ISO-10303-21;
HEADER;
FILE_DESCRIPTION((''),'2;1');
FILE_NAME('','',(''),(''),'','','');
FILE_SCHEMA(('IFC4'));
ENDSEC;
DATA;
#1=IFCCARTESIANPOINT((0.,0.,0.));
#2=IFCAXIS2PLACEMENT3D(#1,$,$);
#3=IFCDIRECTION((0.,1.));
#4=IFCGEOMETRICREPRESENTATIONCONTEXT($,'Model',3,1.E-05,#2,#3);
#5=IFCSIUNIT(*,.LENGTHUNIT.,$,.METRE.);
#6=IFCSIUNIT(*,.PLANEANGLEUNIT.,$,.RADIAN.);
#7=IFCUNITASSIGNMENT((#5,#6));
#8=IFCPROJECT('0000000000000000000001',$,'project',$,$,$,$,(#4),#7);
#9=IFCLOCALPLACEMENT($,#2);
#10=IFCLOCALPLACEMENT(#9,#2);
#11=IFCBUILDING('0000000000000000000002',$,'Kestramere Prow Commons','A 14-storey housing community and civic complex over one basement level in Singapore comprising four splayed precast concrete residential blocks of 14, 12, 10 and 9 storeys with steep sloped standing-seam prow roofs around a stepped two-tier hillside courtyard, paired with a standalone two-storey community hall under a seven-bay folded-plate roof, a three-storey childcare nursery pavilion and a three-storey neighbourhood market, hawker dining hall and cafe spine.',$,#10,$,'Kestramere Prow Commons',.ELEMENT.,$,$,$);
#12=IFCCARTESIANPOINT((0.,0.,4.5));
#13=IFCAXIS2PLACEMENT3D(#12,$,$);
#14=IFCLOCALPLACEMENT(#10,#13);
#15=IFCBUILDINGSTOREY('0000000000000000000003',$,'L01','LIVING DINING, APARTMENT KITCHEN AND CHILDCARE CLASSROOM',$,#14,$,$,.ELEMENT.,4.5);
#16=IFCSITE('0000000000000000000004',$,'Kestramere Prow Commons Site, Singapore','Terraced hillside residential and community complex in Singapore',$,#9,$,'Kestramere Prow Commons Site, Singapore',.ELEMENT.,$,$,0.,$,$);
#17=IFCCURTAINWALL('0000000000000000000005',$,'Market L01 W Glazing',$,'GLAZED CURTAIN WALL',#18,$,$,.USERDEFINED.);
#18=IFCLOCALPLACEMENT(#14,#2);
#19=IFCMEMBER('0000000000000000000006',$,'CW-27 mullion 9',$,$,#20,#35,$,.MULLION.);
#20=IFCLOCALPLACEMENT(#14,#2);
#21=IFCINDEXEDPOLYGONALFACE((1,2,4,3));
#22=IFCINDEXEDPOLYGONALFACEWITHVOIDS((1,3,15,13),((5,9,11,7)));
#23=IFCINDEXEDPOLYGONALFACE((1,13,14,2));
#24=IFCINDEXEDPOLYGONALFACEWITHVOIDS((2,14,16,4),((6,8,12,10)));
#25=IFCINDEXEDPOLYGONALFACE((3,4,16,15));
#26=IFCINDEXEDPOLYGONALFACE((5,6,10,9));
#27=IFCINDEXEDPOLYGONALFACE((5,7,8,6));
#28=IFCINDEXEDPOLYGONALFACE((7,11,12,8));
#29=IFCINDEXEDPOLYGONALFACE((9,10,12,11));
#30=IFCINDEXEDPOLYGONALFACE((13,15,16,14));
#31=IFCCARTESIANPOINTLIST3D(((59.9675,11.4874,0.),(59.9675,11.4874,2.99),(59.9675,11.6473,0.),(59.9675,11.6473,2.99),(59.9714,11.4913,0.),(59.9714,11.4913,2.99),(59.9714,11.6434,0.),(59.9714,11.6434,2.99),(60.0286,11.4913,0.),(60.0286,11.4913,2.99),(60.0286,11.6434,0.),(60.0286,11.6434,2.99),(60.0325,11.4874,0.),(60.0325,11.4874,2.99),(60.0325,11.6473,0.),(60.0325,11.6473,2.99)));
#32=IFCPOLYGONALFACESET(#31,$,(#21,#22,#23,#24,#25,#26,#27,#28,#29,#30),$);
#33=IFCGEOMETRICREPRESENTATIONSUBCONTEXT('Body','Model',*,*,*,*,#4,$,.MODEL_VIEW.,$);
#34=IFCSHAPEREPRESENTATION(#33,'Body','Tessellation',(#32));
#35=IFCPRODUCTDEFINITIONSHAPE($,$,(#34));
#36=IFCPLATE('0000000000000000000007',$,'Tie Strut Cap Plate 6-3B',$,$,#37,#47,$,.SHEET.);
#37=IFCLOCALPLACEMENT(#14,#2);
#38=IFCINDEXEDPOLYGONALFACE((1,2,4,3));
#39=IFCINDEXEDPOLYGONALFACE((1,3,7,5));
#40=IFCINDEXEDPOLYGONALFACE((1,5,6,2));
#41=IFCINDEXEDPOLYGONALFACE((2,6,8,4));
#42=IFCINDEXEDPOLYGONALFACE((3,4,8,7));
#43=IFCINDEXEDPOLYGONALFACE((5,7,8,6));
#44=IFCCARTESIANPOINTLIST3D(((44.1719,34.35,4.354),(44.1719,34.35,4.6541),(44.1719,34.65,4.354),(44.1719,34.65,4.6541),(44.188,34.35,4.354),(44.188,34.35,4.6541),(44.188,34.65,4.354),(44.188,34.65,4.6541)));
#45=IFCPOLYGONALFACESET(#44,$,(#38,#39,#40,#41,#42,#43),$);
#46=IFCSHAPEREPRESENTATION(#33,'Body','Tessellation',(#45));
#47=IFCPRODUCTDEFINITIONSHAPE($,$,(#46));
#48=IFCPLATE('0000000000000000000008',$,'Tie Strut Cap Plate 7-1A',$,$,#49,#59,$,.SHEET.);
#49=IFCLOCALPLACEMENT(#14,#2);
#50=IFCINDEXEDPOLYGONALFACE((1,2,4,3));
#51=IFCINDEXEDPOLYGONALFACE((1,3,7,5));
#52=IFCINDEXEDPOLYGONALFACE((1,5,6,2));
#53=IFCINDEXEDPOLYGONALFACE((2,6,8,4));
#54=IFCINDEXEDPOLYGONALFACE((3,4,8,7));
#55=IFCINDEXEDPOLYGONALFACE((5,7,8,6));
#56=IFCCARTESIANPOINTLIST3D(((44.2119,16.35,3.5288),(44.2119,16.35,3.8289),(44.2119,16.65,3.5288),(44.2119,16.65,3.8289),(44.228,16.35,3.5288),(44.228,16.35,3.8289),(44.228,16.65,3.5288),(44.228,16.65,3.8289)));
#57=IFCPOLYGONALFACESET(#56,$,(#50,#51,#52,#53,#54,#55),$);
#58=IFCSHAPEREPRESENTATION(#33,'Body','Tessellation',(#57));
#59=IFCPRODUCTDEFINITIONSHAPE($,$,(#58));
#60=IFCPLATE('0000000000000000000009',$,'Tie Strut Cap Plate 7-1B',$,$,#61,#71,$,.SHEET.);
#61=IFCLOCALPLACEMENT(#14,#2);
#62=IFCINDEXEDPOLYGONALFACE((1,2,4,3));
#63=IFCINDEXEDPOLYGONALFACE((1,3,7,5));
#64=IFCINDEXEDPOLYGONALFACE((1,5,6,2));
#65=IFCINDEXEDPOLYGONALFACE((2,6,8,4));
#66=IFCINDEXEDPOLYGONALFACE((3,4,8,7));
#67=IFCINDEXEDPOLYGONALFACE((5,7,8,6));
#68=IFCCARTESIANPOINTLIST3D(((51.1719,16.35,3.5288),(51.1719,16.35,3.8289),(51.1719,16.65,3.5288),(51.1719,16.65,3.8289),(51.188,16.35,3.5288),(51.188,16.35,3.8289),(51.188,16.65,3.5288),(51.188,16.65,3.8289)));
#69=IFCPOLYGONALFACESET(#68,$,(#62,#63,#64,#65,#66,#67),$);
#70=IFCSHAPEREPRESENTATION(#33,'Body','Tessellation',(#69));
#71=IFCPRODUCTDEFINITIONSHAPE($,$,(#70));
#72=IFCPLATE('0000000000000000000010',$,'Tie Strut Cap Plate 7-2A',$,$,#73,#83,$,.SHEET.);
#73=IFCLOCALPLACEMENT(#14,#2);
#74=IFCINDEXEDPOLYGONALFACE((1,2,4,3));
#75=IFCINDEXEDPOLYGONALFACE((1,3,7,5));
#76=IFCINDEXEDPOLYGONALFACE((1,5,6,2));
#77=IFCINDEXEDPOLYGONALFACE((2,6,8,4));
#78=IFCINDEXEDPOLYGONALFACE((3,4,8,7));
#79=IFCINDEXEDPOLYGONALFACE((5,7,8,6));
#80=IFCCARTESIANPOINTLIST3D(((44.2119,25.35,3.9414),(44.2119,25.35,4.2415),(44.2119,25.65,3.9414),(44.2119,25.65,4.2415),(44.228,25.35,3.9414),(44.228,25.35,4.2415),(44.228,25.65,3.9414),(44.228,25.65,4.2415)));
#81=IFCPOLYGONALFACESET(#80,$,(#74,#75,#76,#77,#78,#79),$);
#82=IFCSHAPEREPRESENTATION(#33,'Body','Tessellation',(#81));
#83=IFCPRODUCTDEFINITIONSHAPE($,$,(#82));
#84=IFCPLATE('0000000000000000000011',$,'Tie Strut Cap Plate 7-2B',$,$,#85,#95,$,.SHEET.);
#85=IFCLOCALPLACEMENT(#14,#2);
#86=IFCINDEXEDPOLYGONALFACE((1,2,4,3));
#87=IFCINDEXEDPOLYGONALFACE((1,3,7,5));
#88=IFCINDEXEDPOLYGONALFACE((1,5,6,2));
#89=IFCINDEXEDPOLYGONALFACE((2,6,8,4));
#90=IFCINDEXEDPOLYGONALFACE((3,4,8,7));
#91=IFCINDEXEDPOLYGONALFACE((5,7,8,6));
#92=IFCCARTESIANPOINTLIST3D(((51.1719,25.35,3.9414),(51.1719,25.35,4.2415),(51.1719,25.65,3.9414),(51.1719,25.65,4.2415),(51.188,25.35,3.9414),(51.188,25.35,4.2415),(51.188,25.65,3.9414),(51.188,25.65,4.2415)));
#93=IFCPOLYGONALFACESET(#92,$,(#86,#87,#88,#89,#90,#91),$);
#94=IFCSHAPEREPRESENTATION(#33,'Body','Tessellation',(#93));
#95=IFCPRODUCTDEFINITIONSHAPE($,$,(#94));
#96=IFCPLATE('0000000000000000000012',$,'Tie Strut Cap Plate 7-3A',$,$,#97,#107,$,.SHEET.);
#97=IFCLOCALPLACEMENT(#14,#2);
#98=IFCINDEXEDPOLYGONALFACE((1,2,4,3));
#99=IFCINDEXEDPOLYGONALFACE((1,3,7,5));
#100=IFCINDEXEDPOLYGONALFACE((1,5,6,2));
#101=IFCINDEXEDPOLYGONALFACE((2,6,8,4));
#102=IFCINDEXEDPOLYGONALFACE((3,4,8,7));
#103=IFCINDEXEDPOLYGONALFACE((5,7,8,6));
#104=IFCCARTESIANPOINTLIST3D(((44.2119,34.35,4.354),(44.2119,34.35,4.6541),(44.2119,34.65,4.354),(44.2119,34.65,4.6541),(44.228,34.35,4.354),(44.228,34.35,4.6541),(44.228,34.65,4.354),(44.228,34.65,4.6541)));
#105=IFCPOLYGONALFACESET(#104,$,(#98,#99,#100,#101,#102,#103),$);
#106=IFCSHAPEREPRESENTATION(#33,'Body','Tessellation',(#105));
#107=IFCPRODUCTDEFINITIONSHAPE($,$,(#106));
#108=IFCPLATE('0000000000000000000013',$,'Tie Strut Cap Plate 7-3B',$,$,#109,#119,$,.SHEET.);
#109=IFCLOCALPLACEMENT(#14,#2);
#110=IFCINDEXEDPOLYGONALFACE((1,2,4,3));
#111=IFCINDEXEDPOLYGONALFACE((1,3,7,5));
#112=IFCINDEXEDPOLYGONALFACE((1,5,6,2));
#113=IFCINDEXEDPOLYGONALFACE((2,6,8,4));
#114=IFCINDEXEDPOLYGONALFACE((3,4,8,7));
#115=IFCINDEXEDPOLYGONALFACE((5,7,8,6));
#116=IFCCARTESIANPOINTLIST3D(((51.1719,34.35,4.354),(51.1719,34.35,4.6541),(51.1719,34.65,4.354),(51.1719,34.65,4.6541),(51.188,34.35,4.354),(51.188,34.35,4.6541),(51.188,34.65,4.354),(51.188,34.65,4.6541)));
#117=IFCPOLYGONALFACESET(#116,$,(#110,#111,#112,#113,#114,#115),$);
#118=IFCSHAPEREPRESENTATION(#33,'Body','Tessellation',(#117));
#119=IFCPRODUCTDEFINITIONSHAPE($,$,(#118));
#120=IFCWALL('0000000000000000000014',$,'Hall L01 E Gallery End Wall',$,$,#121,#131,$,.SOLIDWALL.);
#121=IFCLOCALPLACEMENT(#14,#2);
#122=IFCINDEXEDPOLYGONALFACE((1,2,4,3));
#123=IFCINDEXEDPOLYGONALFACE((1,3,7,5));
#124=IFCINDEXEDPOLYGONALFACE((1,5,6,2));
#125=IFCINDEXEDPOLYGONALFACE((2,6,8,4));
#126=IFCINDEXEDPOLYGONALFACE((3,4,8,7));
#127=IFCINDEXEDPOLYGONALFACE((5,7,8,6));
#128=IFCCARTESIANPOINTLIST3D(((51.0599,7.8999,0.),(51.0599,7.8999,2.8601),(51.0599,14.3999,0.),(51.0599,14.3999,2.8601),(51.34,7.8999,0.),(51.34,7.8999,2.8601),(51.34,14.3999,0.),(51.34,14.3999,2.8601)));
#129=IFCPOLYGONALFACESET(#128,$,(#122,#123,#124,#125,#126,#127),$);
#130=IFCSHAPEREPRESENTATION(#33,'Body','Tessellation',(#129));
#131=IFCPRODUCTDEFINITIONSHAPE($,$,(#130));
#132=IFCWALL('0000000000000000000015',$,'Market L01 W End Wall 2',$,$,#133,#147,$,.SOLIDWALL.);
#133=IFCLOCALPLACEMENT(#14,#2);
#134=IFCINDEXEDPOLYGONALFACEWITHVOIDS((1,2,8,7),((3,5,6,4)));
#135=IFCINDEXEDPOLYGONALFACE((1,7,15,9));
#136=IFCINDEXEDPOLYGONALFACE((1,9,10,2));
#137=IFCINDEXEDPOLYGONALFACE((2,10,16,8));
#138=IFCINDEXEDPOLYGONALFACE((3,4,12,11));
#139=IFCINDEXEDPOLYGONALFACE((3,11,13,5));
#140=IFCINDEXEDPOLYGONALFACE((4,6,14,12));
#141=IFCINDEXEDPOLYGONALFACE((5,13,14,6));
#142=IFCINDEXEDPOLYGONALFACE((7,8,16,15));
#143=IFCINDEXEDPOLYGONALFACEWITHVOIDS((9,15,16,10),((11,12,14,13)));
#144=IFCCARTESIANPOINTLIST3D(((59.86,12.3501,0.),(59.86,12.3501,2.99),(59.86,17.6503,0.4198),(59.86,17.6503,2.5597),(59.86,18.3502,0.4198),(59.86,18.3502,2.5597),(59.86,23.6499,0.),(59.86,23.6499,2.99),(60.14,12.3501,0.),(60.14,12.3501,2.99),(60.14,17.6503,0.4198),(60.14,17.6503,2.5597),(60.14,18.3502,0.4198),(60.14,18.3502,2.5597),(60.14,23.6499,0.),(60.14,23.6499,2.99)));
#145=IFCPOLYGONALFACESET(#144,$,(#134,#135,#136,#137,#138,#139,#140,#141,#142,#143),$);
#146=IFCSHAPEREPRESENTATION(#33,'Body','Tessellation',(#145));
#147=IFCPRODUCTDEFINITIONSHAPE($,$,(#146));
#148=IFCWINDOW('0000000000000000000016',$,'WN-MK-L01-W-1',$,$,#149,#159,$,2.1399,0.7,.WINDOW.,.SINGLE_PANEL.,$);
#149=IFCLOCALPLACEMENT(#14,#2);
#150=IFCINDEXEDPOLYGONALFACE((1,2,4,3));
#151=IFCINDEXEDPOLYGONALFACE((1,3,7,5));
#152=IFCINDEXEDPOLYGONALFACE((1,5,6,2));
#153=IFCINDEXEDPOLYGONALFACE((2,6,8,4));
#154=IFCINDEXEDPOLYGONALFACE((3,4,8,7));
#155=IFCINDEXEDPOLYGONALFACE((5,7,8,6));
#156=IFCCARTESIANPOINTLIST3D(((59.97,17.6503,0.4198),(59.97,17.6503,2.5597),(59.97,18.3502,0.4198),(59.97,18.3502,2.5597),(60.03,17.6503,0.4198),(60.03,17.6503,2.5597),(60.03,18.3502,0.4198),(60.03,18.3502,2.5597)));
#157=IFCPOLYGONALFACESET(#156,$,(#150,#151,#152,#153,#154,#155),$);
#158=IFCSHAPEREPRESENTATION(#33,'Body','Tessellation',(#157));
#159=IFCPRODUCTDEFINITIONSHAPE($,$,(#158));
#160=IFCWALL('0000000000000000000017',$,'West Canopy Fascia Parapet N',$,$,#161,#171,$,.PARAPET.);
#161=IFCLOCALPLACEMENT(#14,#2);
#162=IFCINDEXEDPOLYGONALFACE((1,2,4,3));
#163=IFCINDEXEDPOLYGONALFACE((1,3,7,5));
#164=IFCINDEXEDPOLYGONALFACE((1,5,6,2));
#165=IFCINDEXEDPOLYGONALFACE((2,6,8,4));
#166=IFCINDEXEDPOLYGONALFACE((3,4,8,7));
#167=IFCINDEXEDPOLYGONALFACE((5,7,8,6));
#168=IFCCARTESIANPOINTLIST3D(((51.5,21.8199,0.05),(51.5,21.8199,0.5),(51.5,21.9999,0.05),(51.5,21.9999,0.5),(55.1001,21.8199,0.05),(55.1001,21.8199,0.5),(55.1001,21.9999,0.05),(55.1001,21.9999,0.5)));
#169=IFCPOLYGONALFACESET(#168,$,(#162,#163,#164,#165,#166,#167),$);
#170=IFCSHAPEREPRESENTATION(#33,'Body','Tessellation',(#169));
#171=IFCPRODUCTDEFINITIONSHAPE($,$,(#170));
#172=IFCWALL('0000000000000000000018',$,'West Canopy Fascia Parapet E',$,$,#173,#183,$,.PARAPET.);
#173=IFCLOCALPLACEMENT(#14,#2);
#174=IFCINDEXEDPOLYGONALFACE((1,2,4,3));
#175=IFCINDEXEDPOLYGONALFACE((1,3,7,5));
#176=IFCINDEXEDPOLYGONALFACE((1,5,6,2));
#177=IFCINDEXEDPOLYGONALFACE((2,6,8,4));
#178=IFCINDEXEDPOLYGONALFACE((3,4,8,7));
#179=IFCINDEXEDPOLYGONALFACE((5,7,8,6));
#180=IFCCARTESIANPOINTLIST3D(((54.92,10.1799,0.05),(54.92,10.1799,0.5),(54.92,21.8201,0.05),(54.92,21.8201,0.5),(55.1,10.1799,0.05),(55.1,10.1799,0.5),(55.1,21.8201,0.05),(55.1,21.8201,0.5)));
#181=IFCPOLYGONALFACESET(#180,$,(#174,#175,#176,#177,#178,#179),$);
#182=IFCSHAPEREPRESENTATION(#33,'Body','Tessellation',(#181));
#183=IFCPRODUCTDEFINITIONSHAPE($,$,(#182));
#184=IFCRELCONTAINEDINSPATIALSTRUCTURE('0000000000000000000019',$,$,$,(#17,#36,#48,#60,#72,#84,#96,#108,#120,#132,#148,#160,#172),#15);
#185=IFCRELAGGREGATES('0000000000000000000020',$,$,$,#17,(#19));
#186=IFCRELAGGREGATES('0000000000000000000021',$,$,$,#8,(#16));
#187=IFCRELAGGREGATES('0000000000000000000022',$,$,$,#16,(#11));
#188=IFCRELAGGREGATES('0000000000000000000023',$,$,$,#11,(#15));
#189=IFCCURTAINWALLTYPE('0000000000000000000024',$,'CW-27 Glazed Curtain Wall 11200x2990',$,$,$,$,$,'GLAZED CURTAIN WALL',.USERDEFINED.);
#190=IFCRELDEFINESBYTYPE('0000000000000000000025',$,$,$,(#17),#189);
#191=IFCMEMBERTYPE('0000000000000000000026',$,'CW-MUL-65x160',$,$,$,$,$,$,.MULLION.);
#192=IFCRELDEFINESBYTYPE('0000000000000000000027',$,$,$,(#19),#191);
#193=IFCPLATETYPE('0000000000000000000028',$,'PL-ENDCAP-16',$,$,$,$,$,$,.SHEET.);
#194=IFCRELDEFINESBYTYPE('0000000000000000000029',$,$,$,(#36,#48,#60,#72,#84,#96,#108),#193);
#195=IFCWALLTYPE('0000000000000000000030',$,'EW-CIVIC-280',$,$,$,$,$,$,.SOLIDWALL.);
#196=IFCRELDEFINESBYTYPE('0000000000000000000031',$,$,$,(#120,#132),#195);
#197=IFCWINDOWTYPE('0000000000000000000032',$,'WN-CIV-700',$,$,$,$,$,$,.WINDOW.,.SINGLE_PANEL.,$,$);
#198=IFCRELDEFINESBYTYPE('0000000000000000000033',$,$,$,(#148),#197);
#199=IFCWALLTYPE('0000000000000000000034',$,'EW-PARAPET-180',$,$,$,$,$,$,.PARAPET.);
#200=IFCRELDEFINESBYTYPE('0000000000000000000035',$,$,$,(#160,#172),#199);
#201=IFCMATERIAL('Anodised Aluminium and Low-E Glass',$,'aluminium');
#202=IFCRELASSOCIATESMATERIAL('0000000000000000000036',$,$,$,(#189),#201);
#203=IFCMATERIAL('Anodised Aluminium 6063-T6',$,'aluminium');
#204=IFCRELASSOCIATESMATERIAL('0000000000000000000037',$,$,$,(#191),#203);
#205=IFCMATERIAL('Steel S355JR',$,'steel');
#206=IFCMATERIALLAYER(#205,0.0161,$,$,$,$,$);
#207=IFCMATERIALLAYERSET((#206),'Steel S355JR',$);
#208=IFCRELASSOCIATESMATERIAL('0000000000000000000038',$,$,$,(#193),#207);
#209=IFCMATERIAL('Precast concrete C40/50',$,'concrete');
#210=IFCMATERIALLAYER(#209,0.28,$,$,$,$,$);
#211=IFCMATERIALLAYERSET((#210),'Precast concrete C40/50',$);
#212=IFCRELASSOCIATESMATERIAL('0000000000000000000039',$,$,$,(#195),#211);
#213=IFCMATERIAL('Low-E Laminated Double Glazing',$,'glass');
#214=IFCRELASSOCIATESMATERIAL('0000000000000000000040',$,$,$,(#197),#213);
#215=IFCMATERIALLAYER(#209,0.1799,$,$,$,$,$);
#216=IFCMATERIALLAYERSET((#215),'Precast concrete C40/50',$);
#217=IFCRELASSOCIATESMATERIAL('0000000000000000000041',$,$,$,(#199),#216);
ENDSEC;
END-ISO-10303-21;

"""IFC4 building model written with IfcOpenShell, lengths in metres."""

from ifc_helpers import new_model, si_unit, direction, frame, frame_2d, origin, origin_2d, place, context, subcontext, project, spatial, rectangle, hollow_rectangle, extrude, material, layer, layer_set, material_profile, profile_set, type_object, element, fill, aggregate, save


model = new_model("IFC4")

# Units and contexts
model_context = context("Model", 3, precision=1e-05, world=origin(), true_north=direction((0.0, 1.0)))
body_context = subcontext(model_context, "Body", "Model", "MODEL_VIEW")
ifc_project = project(units=[si_unit("LENGTHUNIT", "METRE"), si_unit("PLANEANGLEUNIT", "RADIAN")], contexts=[model_context])

# Site, building, storey
site_placement = place(None, origin())
site = spatial("IfcSite", under=ifc_project, at=site_placement, Name="Kestramere Prow Commons Site, Singapore", Description="Terraced hillside residential and community complex in Singapore", LongName="Kestramere Prow Commons Site, Singapore", CompositionType="ELEMENT", RefElevation=0.0)
building_placement = place(site_placement, origin())
building = spatial("IfcBuilding", under=site, at=building_placement, Name="Kestramere Prow Commons", Description="A 14-storey housing community and civic complex over one basement level in Singapore comprising four splayed precast concrete residential blocks of 14, 12, 10 and 9 storeys with steep sloped standing-seam prow roofs around a stepped two-tier hillside courtyard, paired with a standalone two-storey community hall under a seven-bay folded-plate roof, a three-storey childcare nursery pavilion and a three-storey neighbourhood market, hawker dining hall and cafe spine.", LongName="Kestramere Prow Commons", CompositionType="ELEMENT")
storey_placement = place(building_placement, frame((0.0, 0.0, 4.5)))
storey = spatial("IfcBuildingStorey", under=building, at=storey_placement, Name="L01", Description="LIVING DINING, APARTMENT KITCHEN AND CHILDCARE CLASSROOM", CompositionType="ELEMENT", Elevation=4.5)

# Shared definitions
ifc_material_1 = material(Name="Precast concrete C40/50", Category="concrete")

# Shared definitions
ifc_material_2 = material(Name="Steel S355JR", Category="steel")

# Curtain wall, member
ifc_material_3 = material(Name="Anodised Aluminium and Low-E Glass", Category="aluminium")
curtain_wall_type = type_object("IfcCurtainWallType", Name="CW-27 Glazed Curtain Wall 11200x2990", ElementType="GLAZED CURTAIN WALL", PredefinedType="USERDEFINED", material=ifc_material_3)
curtain_wall_placement = place(storey_placement, origin())
curtain_wall = element("IfcCurtainWall", 1, at=curtain_wall_placement, inside=storey, type_object=curtain_wall_type, Name="Market L01 W Glazing", ObjectType="GLAZED CURTAIN WALL", PredefinedType="USERDEFINED")
ifc_material_4 = material(Name="Anodised Aluminium 6063-T6", Category="aluminium")
ifc_material_profile_1 = material_profile(ifc_material_4, hollow_rectangle(XDim=0.0649, YDim=0.1599, WallThickness=0.0039, at=origin_2d()), Name="ALU-MUL 65x160")
ifc_profile_set_1 = profile_set([ifc_material_profile_1], Name="Anodised Aluminium 6063-T6")
member_type_1 = type_object("IfcMemberType", Name="CW-MUL-65x160", PredefinedType="MULLION", material=ifc_profile_set_1)
member_placement = place(storey_placement, frame((60.0, 11.5674, 0.0), z_axis=(0.0, 0.0, 1.0), x_axis=(-1.0, 0.0, 0.0)))
member = element("IfcMember", 2, at=member_placement, type_object=member_type_1, Name="CW-27 mullion 9", PredefinedType="MULLION", context=body_context, shape_type="SweptSolid", body=[
    extrude(hollow_rectangle(XDim=0.0649, YDim=0.1599, WallThickness=0.0039, at=origin_2d()), origin(), (0.0, 0.0, 1.0), 2.99),
])
aggregate(curtain_wall, [member])

# Plates
ifc_layer_1 = layer(ifc_material_2, 0.0161)
ifc_layer_set_1 = layer_set([ifc_layer_1], Name="Steel S355JR")
plate_type = type_object("IfcPlateType", Name="PL-ENDCAP-16", PredefinedType="SHEET", material=ifc_layer_set_1)
for number, where, z_axis, x_axis, name in (
    (3, (44.1799, 34.5, 4.354), (0.0, 0.0, 1.0), (1.0, 0.0, 0.0), "Tie Strut Cap Plate 6-3B"),
    (4, (44.22, 16.5, 3.5288), (0.0, 0.0, 1.0), (1.0, 0.0, 0.0), "Tie Strut Cap Plate 7-1A"),
    (5, (51.1799, 16.5, 3.5288), (0.0, 0.0, 1.0), (1.0, 0.0, 0.0), "Tie Strut Cap Plate 7-1B"),
    (6, (44.22, 25.5, 3.9414), (0.0, 0.0, 1.0), (1.0, 0.0, 0.0), "Tie Strut Cap Plate 7-2A"),
    (7, (51.1799, 25.5, 3.9414), (0.0, 0.0, 1.0), (1.0, 0.0, 0.0), "Tie Strut Cap Plate 7-2B"),
    (8, (44.22, 34.5, 4.354), (0.0, 0.0, 1.0), (1.0, 0.0, 0.0), "Tie Strut Cap Plate 7-3A"),
    (9, (51.1799, 34.5, 4.354), (0.0, 0.0, 1.0), (1.0, 0.0, 0.0), "Tie Strut Cap Plate 7-3B"),
):
    element("IfcPlate", number, at=place(storey_placement, frame(where, z_axis=z_axis, x_axis=x_axis)), inside=storey, type_object=plate_type, Name=name, PredefinedType="SHEET", context=body_context, shape_type="SweptSolid", body=[
        extrude(rectangle(XDim=0.0161, YDim=0.3, at=origin_2d()), origin(), (0.0, 0.0, 1.0), 0.3),
    ])

# Wall
ifc_layer_2 = layer(ifc_material_1, 0.28)
ifc_layer_set_2 = layer_set([ifc_layer_2], Name="Precast concrete C40/50")
wall_type_1 = type_object("IfcWallType", Name="EW-CIVIC-280", PredefinedType="SOLIDWALL", material=ifc_layer_set_2)
wall_1_placement = place(storey_placement, frame((51.2, 14.3999, 0.0), z_axis=(0.0, 0.0, 1.0), x_axis=(0.0, -1.0, 0.0)))
element("IfcWall", 10, at=wall_1_placement, inside=storey, type_object=wall_type_1, Name="Hall L01 E Gallery End Wall", PredefinedType="SOLIDWALL", context=body_context, shape_type="SweptSolid", body=[
    extrude(rectangle(XDim=6.5, YDim=0.28, at=frame_2d((3.25, 0.0))), origin(), (0.0, 0.0, 1.0), 2.8601),
])

# Wall, opening, window
wall_2_placement = place(storey_placement, frame((60.0, 12.3501, 0.0), z_axis=(0.0, 0.0, 1.0), x_axis=(0.0, 1.0, 0.0)))
wall_2 = element("IfcWall", 11, at=wall_2_placement, inside=storey, type_object=wall_type_1, Name="Market L01 W End Wall 2", PredefinedType="SOLIDWALL", context=body_context, shape_type="SweptSolid", body=[
    extrude(rectangle(XDim=11.2998, YDim=0.28, at=frame_2d((5.6499, 0.0))), origin(), (0.0, 0.0, 1.0), 2.99),
])
opening_1_placement = place(wall_2_placement, frame((5.3, 0.0, 0.4199)))
opening_1 = element("IfcOpeningElement", 12, at=opening_1_placement, cuts=wall_2, PredefinedType="OPENING", context=body_context, shape_type="SweptSolid", body=[
    extrude(rectangle(XDim=0.7, YDim=2.1399, at=frame_2d((0.3501, 1.0698))), frame((0.0, 0.155, 0.0), z_axis=(0.0, -1.0, 0.0), x_axis=(1.0, 0.0, 0.0)), (0.0, 0.0, 1.0), 0.3101),
])
ifc_material_5 = material(Name="Low-E Laminated Double Glazing", Category="glass")
window_type = type_object("IfcWindowType", Name="WN-CIV-700", PartitioningType="SINGLE_PANEL", PredefinedType="WINDOW", material=ifc_material_5)
window_placement = place(opening_1_placement, origin())
window = element("IfcWindow", 13, at=window_placement, inside=storey, type_object=window_type, Name="WN-MK-L01-W-1", OverallHeight=2.1399, OverallWidth=0.7, PartitioningType="SINGLE_PANEL", PredefinedType="WINDOW", context=body_context, shape_type="SweptSolid", body=[
    extrude(rectangle(XDim=0.7, YDim=2.1399, at=frame_2d((0.3501, 1.0698))), frame((0.0, 0.03, 0.0), z_axis=(0.0, -1.0, 0.0), x_axis=(1.0, 0.0, 0.0)), (0.0, 0.0, 1.0), 0.0601),
])
fill(opening_1, window)

# Walls
ifc_layer_3 = layer(ifc_material_1, 0.1799)
ifc_layer_set_3 = layer_set([ifc_layer_3], Name="Precast concrete C40/50")
wall_type_2 = type_object("IfcWallType", Name="EW-PARAPET-180", PredefinedType="PARAPET", material=ifc_layer_set_3)
wall_3_placement = place(storey_placement, frame((51.5, 21.9099, 0.05), z_axis=(0.0, 0.0, 1.0), x_axis=(1.0, 0.0, 0.0)))
element("IfcWall", 14, at=wall_3_placement, inside=storey, type_object=wall_type_2, Name="West Canopy Fascia Parapet N", PredefinedType="PARAPET", context=body_context, shape_type="SweptSolid", body=[
    extrude(rectangle(XDim=3.6001, YDim=0.1799, at=frame_2d((1.8, 0.0))), origin(), (0.0, 0.0, 1.0), 0.45),
])
wall_4_placement = place(storey_placement, frame((55.01, 21.8201, 0.05), z_axis=(0.0, 0.0, 1.0), x_axis=(0.0, -1.0, 0.0)))
element("IfcWall", 15, at=wall_4_placement, inside=storey, type_object=wall_type_2, Name="West Canopy Fascia Parapet E", PredefinedType="PARAPET", context=body_context, shape_type="SweptSolid", body=[
    extrude(rectangle(XDim=11.6401, YDim=0.1799, at=frame_2d((5.8201, 0.0))), origin(), (0.0, 0.0, 1.0), 0.45),
])

save(model, "model.ifc")
